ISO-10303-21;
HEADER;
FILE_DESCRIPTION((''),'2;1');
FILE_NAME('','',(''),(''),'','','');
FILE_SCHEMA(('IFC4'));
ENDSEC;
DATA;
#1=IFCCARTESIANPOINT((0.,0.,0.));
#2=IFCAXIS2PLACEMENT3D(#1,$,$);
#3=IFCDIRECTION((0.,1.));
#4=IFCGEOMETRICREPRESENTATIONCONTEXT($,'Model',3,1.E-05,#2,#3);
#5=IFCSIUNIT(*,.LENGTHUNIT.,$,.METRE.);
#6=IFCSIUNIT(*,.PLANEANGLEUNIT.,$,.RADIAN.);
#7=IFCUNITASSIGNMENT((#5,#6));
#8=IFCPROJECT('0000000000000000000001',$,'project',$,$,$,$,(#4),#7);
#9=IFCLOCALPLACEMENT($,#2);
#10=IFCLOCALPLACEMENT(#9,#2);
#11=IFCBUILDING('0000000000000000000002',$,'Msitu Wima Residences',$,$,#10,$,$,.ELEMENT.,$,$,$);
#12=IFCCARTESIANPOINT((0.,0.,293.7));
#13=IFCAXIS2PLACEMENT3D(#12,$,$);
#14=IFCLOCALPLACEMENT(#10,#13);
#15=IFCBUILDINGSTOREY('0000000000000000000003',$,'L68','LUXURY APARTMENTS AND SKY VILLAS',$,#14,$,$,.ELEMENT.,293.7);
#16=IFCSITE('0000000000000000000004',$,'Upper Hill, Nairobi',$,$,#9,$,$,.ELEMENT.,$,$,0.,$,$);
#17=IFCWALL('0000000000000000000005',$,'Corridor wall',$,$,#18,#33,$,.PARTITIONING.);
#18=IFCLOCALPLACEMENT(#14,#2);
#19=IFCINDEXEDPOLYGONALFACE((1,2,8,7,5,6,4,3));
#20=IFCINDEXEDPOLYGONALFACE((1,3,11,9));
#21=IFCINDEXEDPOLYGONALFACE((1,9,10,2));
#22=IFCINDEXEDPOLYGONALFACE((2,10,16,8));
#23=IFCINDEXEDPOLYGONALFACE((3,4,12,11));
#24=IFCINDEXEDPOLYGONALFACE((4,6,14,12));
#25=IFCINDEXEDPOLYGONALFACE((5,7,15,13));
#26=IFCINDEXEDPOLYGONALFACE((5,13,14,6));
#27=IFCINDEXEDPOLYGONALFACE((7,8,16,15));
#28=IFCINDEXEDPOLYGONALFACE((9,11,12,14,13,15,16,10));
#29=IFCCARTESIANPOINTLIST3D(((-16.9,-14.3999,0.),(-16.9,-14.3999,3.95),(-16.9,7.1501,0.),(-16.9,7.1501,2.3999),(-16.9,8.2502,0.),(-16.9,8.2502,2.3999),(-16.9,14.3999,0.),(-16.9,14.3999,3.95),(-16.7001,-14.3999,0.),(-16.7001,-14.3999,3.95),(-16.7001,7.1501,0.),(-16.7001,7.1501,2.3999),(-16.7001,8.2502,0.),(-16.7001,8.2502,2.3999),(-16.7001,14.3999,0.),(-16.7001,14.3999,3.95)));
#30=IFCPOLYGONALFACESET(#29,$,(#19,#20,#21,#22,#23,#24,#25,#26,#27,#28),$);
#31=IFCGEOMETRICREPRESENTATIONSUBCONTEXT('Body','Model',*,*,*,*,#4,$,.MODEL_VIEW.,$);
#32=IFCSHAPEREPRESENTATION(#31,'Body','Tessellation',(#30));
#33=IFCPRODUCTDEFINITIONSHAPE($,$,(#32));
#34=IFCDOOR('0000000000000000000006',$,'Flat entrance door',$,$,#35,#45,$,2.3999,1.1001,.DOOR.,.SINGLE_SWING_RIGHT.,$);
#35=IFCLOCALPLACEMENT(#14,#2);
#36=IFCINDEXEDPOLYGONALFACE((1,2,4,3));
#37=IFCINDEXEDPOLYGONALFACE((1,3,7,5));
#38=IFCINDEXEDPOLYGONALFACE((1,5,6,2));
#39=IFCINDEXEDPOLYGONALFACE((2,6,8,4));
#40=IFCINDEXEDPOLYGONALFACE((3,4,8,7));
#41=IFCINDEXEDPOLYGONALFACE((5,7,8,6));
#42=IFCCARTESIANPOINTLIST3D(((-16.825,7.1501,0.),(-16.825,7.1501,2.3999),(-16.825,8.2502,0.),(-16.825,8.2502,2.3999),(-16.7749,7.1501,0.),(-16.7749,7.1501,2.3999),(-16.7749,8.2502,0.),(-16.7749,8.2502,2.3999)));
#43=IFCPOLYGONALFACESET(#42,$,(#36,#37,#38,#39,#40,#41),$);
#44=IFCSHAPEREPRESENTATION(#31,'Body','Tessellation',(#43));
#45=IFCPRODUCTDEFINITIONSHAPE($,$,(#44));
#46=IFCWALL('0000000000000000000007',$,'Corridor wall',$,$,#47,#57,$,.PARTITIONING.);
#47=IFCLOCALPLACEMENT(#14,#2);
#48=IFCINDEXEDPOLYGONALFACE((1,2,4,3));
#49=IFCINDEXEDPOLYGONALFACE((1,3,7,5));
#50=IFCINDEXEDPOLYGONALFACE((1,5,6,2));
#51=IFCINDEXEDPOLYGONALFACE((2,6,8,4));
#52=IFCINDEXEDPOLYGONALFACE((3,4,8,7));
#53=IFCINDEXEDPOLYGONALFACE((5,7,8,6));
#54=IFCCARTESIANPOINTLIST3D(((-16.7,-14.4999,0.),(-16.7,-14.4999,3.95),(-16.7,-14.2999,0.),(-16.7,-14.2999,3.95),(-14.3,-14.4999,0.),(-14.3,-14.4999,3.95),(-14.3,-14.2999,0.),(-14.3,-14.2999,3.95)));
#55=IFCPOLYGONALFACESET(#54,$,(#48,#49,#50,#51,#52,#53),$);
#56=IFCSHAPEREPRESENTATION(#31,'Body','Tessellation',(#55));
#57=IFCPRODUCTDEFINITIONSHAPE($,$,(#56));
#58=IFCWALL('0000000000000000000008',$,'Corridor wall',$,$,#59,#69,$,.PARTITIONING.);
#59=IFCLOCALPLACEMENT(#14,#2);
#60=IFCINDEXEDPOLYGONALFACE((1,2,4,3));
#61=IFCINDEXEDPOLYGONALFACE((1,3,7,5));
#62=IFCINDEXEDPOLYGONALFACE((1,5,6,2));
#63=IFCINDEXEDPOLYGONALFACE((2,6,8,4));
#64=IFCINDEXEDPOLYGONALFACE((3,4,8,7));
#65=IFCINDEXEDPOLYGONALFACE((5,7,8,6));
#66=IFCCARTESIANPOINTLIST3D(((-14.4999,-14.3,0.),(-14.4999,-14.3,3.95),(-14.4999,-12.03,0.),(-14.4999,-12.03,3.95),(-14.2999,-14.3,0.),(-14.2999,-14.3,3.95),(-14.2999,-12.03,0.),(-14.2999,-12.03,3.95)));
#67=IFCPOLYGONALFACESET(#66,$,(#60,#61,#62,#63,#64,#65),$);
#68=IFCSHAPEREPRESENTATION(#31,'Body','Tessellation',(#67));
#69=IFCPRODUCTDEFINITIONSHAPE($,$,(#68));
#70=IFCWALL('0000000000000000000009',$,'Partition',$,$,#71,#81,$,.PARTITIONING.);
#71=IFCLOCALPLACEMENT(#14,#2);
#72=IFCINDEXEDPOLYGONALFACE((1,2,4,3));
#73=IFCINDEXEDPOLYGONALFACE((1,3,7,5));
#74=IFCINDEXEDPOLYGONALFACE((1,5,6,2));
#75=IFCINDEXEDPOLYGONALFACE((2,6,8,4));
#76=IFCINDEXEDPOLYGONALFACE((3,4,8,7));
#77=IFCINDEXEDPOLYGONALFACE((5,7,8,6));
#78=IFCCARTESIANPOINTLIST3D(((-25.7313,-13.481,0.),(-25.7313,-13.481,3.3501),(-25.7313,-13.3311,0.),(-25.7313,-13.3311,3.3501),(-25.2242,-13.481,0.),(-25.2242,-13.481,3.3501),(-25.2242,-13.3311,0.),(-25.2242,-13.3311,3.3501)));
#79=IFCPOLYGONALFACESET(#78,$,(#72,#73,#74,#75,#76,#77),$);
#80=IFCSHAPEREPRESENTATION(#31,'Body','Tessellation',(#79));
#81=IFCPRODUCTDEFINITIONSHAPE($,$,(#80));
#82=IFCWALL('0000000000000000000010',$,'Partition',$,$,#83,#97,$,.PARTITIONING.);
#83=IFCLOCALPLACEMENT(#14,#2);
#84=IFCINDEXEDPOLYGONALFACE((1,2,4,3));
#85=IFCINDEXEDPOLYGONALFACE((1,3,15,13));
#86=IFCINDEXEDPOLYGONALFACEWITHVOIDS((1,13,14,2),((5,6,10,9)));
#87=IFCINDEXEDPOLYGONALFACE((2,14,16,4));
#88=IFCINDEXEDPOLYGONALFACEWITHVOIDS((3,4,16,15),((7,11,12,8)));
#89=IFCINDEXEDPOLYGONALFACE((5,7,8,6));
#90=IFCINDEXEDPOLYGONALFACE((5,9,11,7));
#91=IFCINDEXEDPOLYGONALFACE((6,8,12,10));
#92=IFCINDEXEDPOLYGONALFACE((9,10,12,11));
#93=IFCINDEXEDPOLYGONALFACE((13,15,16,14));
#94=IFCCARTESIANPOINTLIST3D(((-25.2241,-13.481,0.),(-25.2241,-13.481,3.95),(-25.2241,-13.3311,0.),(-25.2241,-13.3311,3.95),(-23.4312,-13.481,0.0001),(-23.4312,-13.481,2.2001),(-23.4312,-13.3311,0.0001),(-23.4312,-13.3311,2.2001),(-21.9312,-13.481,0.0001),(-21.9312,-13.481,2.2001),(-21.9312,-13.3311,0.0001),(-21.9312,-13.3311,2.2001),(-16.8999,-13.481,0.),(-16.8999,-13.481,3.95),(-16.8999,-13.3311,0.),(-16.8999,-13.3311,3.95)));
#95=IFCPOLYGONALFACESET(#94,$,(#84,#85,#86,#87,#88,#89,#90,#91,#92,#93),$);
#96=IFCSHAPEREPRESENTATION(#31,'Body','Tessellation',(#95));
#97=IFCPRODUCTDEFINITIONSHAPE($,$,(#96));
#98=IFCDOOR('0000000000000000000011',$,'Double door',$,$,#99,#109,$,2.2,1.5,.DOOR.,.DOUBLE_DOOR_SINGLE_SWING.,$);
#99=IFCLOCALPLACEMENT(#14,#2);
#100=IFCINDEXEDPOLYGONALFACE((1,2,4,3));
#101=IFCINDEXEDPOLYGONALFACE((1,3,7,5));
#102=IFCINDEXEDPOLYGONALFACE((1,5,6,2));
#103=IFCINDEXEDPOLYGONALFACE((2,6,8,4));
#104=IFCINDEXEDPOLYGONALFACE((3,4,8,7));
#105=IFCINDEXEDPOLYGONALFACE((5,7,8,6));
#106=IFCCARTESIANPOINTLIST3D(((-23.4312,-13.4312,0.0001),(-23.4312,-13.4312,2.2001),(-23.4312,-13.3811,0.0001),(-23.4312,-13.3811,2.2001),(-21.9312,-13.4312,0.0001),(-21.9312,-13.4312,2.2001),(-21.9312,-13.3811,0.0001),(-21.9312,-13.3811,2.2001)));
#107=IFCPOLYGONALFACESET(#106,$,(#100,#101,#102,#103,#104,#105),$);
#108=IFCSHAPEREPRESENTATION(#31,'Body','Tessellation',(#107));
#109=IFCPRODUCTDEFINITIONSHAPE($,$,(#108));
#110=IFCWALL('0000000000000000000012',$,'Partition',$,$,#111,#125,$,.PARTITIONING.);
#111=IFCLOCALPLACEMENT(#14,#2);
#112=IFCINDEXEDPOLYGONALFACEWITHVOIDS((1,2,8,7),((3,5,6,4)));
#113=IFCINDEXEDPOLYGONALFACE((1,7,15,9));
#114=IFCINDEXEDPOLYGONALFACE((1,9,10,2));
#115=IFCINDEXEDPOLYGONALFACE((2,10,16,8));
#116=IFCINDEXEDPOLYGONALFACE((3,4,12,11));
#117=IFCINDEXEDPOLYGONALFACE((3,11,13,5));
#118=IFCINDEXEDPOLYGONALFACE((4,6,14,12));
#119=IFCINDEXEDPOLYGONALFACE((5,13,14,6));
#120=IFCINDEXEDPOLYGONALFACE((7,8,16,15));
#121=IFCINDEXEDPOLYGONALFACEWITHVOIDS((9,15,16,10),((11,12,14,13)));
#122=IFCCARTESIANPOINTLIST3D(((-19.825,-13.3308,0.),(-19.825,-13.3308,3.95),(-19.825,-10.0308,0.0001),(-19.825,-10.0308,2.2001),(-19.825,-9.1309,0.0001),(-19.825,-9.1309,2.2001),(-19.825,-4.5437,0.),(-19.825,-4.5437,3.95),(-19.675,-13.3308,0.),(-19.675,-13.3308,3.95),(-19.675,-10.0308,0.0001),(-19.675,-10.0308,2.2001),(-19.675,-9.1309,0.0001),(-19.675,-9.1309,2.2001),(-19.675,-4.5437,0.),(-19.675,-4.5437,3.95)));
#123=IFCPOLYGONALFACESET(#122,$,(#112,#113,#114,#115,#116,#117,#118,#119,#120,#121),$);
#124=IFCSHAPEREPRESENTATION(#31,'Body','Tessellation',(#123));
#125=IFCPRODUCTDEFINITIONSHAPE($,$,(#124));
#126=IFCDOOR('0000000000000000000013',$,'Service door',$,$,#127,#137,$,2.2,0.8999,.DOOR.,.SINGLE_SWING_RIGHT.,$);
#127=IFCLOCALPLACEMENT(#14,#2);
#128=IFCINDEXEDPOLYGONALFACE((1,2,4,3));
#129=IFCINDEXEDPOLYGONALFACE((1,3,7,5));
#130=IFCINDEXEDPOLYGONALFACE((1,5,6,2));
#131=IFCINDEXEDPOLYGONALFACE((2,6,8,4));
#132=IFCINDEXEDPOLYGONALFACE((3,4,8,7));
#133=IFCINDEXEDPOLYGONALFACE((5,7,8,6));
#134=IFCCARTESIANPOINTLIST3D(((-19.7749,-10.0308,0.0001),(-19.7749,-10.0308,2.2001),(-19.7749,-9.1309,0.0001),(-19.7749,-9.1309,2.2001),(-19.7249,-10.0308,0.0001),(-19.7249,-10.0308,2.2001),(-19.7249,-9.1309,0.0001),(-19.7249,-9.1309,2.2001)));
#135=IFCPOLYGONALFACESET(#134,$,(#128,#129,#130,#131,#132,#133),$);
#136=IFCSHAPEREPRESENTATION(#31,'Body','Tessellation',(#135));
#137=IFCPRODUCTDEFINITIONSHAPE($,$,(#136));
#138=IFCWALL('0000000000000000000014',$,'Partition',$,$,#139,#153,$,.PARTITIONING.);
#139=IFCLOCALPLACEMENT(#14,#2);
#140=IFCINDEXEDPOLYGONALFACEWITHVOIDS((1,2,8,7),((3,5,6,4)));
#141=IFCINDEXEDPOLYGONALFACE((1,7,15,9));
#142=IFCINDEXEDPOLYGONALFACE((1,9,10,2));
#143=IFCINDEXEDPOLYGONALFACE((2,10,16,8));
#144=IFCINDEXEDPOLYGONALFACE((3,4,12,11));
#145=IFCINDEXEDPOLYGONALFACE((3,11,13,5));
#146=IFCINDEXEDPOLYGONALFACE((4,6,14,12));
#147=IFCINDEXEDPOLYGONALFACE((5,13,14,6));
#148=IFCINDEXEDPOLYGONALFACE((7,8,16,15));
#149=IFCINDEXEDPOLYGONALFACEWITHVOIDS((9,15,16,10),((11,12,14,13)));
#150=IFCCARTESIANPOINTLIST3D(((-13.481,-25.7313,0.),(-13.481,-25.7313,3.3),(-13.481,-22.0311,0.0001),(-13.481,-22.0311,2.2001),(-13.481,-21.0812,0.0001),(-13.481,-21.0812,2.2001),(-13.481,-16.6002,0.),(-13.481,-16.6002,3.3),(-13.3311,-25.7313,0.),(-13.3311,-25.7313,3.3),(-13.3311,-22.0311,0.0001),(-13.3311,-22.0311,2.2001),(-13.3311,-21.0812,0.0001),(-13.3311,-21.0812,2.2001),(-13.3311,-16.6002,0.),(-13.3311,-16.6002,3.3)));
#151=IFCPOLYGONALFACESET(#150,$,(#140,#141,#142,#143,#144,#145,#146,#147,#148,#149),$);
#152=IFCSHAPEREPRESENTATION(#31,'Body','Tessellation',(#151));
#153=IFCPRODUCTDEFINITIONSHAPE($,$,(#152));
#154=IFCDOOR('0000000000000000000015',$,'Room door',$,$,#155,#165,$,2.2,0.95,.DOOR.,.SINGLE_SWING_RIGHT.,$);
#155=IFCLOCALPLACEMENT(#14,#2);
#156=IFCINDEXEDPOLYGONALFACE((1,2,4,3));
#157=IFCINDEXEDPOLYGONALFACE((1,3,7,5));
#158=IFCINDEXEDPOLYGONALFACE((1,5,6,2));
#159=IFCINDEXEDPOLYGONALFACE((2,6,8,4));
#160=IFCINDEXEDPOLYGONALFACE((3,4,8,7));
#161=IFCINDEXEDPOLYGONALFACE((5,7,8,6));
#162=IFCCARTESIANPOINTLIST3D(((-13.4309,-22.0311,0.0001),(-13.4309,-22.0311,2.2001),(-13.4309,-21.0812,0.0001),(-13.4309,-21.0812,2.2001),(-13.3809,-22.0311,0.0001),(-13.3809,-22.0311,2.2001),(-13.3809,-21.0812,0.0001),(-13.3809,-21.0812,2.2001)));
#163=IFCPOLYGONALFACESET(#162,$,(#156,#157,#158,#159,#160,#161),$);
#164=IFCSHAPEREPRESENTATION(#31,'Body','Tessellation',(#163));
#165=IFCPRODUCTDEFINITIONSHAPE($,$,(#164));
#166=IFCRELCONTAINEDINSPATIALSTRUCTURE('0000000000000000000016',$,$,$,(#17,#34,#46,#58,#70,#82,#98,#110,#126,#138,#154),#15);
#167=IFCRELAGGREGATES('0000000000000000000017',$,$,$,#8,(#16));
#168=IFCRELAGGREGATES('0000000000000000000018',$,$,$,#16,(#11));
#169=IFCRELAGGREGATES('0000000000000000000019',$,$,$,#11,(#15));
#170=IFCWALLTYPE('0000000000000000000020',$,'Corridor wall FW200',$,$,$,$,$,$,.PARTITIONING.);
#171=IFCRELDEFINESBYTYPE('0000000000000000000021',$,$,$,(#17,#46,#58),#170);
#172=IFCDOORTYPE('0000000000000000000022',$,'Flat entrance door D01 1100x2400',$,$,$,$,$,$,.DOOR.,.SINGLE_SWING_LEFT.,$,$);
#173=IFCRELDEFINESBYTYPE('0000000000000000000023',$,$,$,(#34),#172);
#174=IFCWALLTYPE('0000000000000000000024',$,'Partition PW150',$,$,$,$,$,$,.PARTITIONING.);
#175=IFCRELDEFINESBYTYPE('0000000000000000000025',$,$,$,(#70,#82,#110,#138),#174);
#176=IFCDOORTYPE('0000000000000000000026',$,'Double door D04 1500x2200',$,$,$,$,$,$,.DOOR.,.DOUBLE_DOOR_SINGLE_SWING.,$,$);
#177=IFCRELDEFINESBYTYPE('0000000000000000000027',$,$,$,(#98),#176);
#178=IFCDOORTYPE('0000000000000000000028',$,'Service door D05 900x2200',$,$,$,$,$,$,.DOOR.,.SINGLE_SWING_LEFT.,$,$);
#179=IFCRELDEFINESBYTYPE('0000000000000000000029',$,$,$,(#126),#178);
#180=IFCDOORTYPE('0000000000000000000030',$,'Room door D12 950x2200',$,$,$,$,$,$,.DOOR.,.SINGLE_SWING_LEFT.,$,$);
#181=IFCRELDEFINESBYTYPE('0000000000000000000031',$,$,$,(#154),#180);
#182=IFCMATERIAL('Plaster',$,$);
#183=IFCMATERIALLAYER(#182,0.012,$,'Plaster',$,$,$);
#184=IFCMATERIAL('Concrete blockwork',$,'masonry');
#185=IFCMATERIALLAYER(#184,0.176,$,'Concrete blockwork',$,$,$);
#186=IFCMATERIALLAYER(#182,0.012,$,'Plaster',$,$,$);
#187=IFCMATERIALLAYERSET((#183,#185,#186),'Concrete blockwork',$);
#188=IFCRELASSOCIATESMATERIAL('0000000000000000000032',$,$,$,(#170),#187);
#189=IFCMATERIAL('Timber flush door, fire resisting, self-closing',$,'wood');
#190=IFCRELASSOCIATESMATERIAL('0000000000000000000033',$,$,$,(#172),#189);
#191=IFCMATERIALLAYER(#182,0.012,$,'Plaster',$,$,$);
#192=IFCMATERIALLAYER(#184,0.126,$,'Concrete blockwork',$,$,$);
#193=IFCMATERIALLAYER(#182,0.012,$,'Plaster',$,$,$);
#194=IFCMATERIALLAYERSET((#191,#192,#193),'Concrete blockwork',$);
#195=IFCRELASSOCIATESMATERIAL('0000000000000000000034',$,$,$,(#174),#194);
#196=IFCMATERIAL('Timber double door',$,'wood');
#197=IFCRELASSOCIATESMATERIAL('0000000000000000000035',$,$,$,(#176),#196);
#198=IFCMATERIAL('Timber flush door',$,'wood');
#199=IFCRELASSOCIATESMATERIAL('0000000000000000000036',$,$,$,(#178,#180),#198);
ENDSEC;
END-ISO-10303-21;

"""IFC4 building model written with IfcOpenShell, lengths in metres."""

from ifc_helpers import new_model, si_unit, direction, frame, frame_2d, origin, place, context, subcontext, project, spatial, rectangle, extrude, material, layer, layer_set, type_object, element, fill, save


model = new_model("IFC4")

# Units and contexts
model_context = context("Model", 3, precision=1e-05, world=origin(), true_north=direction((0.0, 1.0)))
body_context = subcontext(model_context, "Body", "Model", "MODEL_VIEW")
ifc_project = project(units=[si_unit("LENGTHUNIT", "METRE"), si_unit("PLANEANGLEUNIT", "RADIAN")], contexts=[model_context])

# Site, building, storey
site_placement = place(None, origin())
site = spatial("IfcSite", under=ifc_project, at=site_placement, Name="Upper Hill, Nairobi", CompositionType="ELEMENT", RefElevation=0.0)
building_placement = place(site_placement, origin())
building = spatial("IfcBuilding", under=site, at=building_placement, Name="Msitu Wima Residences", CompositionType="ELEMENT")
storey_placement = place(building_placement, frame((0.0, 0.0, 293.7)))
storey = spatial("IfcBuildingStorey", under=building, at=storey_placement, Name="L68", Description="LUXURY APARTMENTS AND SKY VILLAS", CompositionType="ELEMENT", Elevation=293.7)

# Wall, opening, door
ifc_material_1 = material(Name="Plaster")
ifc_layer_1 = layer(ifc_material_1, 0.012, Name="Plaster")
ifc_material_2 = material(Name="Concrete blockwork", Category="masonry")
ifc_layer_2 = layer(ifc_material_2, 0.176, Name="Concrete blockwork")
ifc_layer_3 = layer(ifc_material_1, 0.012, Name="Plaster")
ifc_layer_set_1 = layer_set([ifc_layer_1, ifc_layer_2, ifc_layer_3], Name="Concrete blockwork")
wall_type_1 = type_object("IfcWallType", Name="Corridor wall FW200", PredefinedType="PARTITIONING", material=ifc_layer_set_1)
wall_1_placement = place(storey_placement, frame((-16.8, -14.3999, 0.0), z_axis=(0.0, 0.0, 1.0), x_axis=(0.0, 1.0, 0.0)))
wall_1 = element("IfcWall", 1, at=wall_1_placement, inside=storey, type_object=wall_type_1, Name="Corridor wall", PredefinedType="PARTITIONING", context=body_context, shape_type="SweptSolid", body=[
    extrude(rectangle(XDim=28.7998, YDim=0.2, at=frame_2d((14.3999, 0.0))), origin(), (0.0, 0.0, 1.0), 3.95),
])
opening_1_placement = place(wall_1_placement, frame((21.55, 0.0, 0.0)))
opening_1 = element("IfcOpeningElement", 2, at=opening_1_placement, cuts=wall_1, PredefinedType="OPENING", context=body_context, shape_type="SweptSolid", body=[
    extrude(rectangle(XDim=1.1001, YDim=2.3999, at=frame_2d((0.55, 1.2))), frame((0.0, 0.1099, 0.0), z_axis=(0.0, -1.0, 0.0), x_axis=(1.0, 0.0, 0.0)), (0.0, 0.0, 1.0), 0.22),
])
ifc_material_3 = material(Name="Timber flush door, fire resisting, self-closing", Category="wood")
door_type_1 = type_object("IfcDoorType", Name="Flat entrance door D01 1100x2400", OperationType="SINGLE_SWING_LEFT", PredefinedType="DOOR", material=ifc_material_3)
door_1_placement = place(opening_1_placement, origin())
door_1 = element("IfcDoor", 3, at=door_1_placement, inside=storey, type_object=door_type_1, Name="Flat entrance door", OperationType="SINGLE_SWING_RIGHT", OverallHeight=2.3999, OverallWidth=1.1001, PredefinedType="DOOR", context=body_context, shape_type="SweptSolid", body=[
    extrude(rectangle(XDim=1.1001, YDim=2.3999, at=frame_2d((0.55, 1.2))), frame((0.0, 0.0249, 0.0), z_axis=(0.0, -1.0, 0.0), x_axis=(1.0, 0.0, 0.0)), (0.0, 0.0, 1.0), 0.05),
])
fill(opening_1, door_1)

# Walls
wall_2_placement = place(storey_placement, frame((-16.7, -14.3999, 0.0), z_axis=(0.0, 0.0, 1.0), x_axis=(1.0, 0.0, 0.0)))
element("IfcWall", 4, at=wall_2_placement, inside=storey, type_object=wall_type_1, Name="Corridor wall", PredefinedType="PARTITIONING", context=body_context, shape_type="SweptSolid", body=[
    extrude(rectangle(XDim=2.3999, YDim=0.2, at=frame_2d((1.2, 0.0))), origin(), (0.0, 0.0, 1.0), 3.95),
])
wall_3_placement = place(storey_placement, frame((-14.3999, -14.3, 0.0), z_axis=(0.0, 0.0, 1.0), x_axis=(0.0, 1.0, 0.0)))
element("IfcWall", 5, at=wall_3_placement, inside=storey, type_object=wall_type_1, Name="Corridor wall", PredefinedType="PARTITIONING", context=body_context, shape_type="SweptSolid", body=[
    extrude(rectangle(XDim=2.27, YDim=0.2, at=frame_2d((1.135, 0.0))), origin(), (0.0, 0.0, 1.0), 3.95),
])
ifc_layer_4 = layer(ifc_material_1, 0.012, Name="Plaster")
ifc_layer_5 = layer(ifc_material_2, 0.126, Name="Concrete blockwork")
ifc_layer_6 = layer(ifc_material_1, 0.012, Name="Plaster")
ifc_layer_set_2 = layer_set([ifc_layer_4, ifc_layer_5, ifc_layer_6], Name="Concrete blockwork")
wall_type_2 = type_object("IfcWallType", Name="Partition PW150", PredefinedType="PARTITIONING", material=ifc_layer_set_2)
wall_4_placement = place(storey_placement, frame((-25.7312, -13.406, 0.0), z_axis=(0.0, 0.0, 1.0), x_axis=(1.0, 0.0, 0.0)))
element("IfcWall", 6, at=wall_4_placement, inside=storey, type_object=wall_type_2, Name="Partition", PredefinedType="PARTITIONING", context=body_context, shape_type="SweptSolid", body=[
    extrude(rectangle(XDim=0.5071, YDim=0.1499, at=frame_2d((0.2534, 0.0))), origin(), (0.0, 0.0, 1.0), 3.3501),
])

# Walls, openings, doors
wall_5_placement = place(storey_placement, frame((-25.2241, -13.406, 0.0), z_axis=(0.0, 0.0, 1.0), x_axis=(1.0, 0.0, 0.0)))
wall_5 = element("IfcWall", 7, at=wall_5_placement, inside=storey, type_object=wall_type_2, Name="Partition", PredefinedType="PARTITIONING", context=body_context, shape_type="SweptSolid", body=[
    extrude(rectangle(XDim=8.3242, YDim=0.1499, at=frame_2d((4.1621, 0.0))), origin(), (0.0, 0.0, 1.0), 3.95),
])
opening_2_placement = place(wall_5_placement, frame((1.793, 0.0, 0.0)))
opening_2 = element("IfcOpeningElement", 8, at=opening_2_placement, cuts=wall_5, PredefinedType="OPENING", context=body_context, shape_type="SweptSolid", body=[
    extrude(rectangle(XDim=1.5, YDim=2.2, at=frame_2d((0.75, 1.1001))), frame((0.0, 0.085, 0.0), z_axis=(0.0, -1.0, 0.0), x_axis=(1.0, 0.0, 0.0)), (0.0, 0.0, 1.0), 0.1699),
])
ifc_material_4 = material(Name="Timber double door", Category="wood")
door_type_2 = type_object("IfcDoorType", Name="Double door D04 1500x2200", OperationType="DOUBLE_DOOR_SINGLE_SWING", PredefinedType="DOOR", material=ifc_material_4)
door_2_placement = place(opening_2_placement, origin())
door_2 = element("IfcDoor", 9, at=door_2_placement, inside=storey, type_object=door_type_2, Name="Double door", OperationType="DOUBLE_DOOR_SINGLE_SWING", OverallHeight=2.2, OverallWidth=1.5, PredefinedType="DOOR", context=body_context, shape_type="SweptSolid", body=[
    extrude(rectangle(XDim=1.5, YDim=2.2, at=frame_2d((0.75, 1.1001))), frame((0.0, 0.0249, 0.0), z_axis=(0.0, -1.0, 0.0), x_axis=(1.0, 0.0, 0.0)), (0.0, 0.0, 1.0), 0.05),
])
fill(opening_2, door_2)
wall_6_placement = place(storey_placement, frame((-19.75, -13.3308, 0.0), z_axis=(0.0, 0.0, 1.0), x_axis=(0.0, 1.0, 0.0)))
wall_6 = element("IfcWall", 10, at=wall_6_placement, inside=storey, type_object=wall_type_2, Name="Partition", PredefinedType="PARTITIONING", context=body_context, shape_type="SweptSolid", body=[
    extrude(rectangle(XDim=8.7871, YDim=0.1499, at=frame_2d((4.3936, 0.0))), origin(), (0.0, 0.0, 1.0), 3.95),
])
opening_3_placement = place(wall_6_placement, frame((3.3, 0.0, 0.0)))
opening_3 = element("IfcOpeningElement", 11, at=opening_3_placement, cuts=wall_6, PredefinedType="OPENING", context=body_context, shape_type="SweptSolid", body=[
    extrude(rectangle(XDim=0.8999, YDim=2.2, at=frame_2d((0.45, 1.1001))), frame((0.0, 0.085, 0.0), z_axis=(0.0, -1.0, 0.0), x_axis=(1.0, 0.0, 0.0)), (0.0, 0.0, 1.0), 0.1699),
])
ifc_material_5 = material(Name="Timber flush door", Category="wood")
door_type_3 = type_object("IfcDoorType", Name="Service door D05 900x2200", OperationType="SINGLE_SWING_LEFT", PredefinedType="DOOR", material=ifc_material_5)
door_3_placement = place(opening_3_placement, origin())
door_3 = element("IfcDoor", 12, at=door_3_placement, inside=storey, type_object=door_type_3, Name="Service door", OperationType="SINGLE_SWING_RIGHT", OverallHeight=2.2, OverallWidth=0.8999, PredefinedType="DOOR", context=body_context, shape_type="SweptSolid", body=[
    extrude(rectangle(XDim=0.8999, YDim=2.2, at=frame_2d((0.45, 1.1001))), frame((0.0, 0.0249, 0.0), z_axis=(0.0, -1.0, 0.0), x_axis=(1.0, 0.0, 0.0)), (0.0, 0.0, 1.0), 0.05),
])
fill(opening_3, door_3)
wall_7_placement = place(storey_placement, frame((-13.406, -25.7312, 0.0), z_axis=(0.0, 0.0, 1.0), x_axis=(0.0, 1.0, 0.0)))
wall_7 = element("IfcWall", 13, at=wall_7_placement, inside=storey, type_object=wall_type_2, Name="Partition", PredefinedType="PARTITIONING", context=body_context, shape_type="SweptSolid", body=[
    extrude(rectangle(XDim=9.1311, YDim=0.1499, at=frame_2d((4.5654, 0.0))), origin(), (0.0, 0.0, 1.0), 3.3),
])
opening_4_placement = place(wall_7_placement, frame((3.7, 0.0, 0.0)))
opening_4 = element("IfcOpeningElement", 14, at=opening_4_placement, cuts=wall_7, PredefinedType="OPENING", context=body_context, shape_type="SweptSolid", body=[
    extrude(rectangle(XDim=0.95, YDim=2.2, at=frame_2d((0.4751, 1.1001))), frame((0.0, 0.085, 0.0), z_axis=(0.0, -1.0, 0.0), x_axis=(1.0, 0.0, 0.0)), (0.0, 0.0, 1.0), 0.1699),
])
door_type_4 = type_object("IfcDoorType", Name="Room door D12 950x2200", OperationType="SINGLE_SWING_LEFT", PredefinedType="DOOR", material=ifc_material_5)
door_4_placement = place(opening_4_placement, origin())
door_4 = element("IfcDoor", 15, at=door_4_placement, inside=storey, type_object=door_type_4, Name="Room door", OperationType="SINGLE_SWING_RIGHT", OverallHeight=2.2, OverallWidth=0.95, PredefinedType="DOOR", context=body_context, shape_type="SweptSolid", body=[
    extrude(rectangle(XDim=0.95, YDim=2.2, at=frame_2d((0.4751, 1.1001))), frame((0.0, 0.0249, 0.0), z_axis=(0.0, -1.0, 0.0), x_axis=(1.0, 0.0, 0.0)), (0.0, 0.0, 1.0), 0.05),
])
fill(opening_4, door_4)

save(model, "model.ifc")
